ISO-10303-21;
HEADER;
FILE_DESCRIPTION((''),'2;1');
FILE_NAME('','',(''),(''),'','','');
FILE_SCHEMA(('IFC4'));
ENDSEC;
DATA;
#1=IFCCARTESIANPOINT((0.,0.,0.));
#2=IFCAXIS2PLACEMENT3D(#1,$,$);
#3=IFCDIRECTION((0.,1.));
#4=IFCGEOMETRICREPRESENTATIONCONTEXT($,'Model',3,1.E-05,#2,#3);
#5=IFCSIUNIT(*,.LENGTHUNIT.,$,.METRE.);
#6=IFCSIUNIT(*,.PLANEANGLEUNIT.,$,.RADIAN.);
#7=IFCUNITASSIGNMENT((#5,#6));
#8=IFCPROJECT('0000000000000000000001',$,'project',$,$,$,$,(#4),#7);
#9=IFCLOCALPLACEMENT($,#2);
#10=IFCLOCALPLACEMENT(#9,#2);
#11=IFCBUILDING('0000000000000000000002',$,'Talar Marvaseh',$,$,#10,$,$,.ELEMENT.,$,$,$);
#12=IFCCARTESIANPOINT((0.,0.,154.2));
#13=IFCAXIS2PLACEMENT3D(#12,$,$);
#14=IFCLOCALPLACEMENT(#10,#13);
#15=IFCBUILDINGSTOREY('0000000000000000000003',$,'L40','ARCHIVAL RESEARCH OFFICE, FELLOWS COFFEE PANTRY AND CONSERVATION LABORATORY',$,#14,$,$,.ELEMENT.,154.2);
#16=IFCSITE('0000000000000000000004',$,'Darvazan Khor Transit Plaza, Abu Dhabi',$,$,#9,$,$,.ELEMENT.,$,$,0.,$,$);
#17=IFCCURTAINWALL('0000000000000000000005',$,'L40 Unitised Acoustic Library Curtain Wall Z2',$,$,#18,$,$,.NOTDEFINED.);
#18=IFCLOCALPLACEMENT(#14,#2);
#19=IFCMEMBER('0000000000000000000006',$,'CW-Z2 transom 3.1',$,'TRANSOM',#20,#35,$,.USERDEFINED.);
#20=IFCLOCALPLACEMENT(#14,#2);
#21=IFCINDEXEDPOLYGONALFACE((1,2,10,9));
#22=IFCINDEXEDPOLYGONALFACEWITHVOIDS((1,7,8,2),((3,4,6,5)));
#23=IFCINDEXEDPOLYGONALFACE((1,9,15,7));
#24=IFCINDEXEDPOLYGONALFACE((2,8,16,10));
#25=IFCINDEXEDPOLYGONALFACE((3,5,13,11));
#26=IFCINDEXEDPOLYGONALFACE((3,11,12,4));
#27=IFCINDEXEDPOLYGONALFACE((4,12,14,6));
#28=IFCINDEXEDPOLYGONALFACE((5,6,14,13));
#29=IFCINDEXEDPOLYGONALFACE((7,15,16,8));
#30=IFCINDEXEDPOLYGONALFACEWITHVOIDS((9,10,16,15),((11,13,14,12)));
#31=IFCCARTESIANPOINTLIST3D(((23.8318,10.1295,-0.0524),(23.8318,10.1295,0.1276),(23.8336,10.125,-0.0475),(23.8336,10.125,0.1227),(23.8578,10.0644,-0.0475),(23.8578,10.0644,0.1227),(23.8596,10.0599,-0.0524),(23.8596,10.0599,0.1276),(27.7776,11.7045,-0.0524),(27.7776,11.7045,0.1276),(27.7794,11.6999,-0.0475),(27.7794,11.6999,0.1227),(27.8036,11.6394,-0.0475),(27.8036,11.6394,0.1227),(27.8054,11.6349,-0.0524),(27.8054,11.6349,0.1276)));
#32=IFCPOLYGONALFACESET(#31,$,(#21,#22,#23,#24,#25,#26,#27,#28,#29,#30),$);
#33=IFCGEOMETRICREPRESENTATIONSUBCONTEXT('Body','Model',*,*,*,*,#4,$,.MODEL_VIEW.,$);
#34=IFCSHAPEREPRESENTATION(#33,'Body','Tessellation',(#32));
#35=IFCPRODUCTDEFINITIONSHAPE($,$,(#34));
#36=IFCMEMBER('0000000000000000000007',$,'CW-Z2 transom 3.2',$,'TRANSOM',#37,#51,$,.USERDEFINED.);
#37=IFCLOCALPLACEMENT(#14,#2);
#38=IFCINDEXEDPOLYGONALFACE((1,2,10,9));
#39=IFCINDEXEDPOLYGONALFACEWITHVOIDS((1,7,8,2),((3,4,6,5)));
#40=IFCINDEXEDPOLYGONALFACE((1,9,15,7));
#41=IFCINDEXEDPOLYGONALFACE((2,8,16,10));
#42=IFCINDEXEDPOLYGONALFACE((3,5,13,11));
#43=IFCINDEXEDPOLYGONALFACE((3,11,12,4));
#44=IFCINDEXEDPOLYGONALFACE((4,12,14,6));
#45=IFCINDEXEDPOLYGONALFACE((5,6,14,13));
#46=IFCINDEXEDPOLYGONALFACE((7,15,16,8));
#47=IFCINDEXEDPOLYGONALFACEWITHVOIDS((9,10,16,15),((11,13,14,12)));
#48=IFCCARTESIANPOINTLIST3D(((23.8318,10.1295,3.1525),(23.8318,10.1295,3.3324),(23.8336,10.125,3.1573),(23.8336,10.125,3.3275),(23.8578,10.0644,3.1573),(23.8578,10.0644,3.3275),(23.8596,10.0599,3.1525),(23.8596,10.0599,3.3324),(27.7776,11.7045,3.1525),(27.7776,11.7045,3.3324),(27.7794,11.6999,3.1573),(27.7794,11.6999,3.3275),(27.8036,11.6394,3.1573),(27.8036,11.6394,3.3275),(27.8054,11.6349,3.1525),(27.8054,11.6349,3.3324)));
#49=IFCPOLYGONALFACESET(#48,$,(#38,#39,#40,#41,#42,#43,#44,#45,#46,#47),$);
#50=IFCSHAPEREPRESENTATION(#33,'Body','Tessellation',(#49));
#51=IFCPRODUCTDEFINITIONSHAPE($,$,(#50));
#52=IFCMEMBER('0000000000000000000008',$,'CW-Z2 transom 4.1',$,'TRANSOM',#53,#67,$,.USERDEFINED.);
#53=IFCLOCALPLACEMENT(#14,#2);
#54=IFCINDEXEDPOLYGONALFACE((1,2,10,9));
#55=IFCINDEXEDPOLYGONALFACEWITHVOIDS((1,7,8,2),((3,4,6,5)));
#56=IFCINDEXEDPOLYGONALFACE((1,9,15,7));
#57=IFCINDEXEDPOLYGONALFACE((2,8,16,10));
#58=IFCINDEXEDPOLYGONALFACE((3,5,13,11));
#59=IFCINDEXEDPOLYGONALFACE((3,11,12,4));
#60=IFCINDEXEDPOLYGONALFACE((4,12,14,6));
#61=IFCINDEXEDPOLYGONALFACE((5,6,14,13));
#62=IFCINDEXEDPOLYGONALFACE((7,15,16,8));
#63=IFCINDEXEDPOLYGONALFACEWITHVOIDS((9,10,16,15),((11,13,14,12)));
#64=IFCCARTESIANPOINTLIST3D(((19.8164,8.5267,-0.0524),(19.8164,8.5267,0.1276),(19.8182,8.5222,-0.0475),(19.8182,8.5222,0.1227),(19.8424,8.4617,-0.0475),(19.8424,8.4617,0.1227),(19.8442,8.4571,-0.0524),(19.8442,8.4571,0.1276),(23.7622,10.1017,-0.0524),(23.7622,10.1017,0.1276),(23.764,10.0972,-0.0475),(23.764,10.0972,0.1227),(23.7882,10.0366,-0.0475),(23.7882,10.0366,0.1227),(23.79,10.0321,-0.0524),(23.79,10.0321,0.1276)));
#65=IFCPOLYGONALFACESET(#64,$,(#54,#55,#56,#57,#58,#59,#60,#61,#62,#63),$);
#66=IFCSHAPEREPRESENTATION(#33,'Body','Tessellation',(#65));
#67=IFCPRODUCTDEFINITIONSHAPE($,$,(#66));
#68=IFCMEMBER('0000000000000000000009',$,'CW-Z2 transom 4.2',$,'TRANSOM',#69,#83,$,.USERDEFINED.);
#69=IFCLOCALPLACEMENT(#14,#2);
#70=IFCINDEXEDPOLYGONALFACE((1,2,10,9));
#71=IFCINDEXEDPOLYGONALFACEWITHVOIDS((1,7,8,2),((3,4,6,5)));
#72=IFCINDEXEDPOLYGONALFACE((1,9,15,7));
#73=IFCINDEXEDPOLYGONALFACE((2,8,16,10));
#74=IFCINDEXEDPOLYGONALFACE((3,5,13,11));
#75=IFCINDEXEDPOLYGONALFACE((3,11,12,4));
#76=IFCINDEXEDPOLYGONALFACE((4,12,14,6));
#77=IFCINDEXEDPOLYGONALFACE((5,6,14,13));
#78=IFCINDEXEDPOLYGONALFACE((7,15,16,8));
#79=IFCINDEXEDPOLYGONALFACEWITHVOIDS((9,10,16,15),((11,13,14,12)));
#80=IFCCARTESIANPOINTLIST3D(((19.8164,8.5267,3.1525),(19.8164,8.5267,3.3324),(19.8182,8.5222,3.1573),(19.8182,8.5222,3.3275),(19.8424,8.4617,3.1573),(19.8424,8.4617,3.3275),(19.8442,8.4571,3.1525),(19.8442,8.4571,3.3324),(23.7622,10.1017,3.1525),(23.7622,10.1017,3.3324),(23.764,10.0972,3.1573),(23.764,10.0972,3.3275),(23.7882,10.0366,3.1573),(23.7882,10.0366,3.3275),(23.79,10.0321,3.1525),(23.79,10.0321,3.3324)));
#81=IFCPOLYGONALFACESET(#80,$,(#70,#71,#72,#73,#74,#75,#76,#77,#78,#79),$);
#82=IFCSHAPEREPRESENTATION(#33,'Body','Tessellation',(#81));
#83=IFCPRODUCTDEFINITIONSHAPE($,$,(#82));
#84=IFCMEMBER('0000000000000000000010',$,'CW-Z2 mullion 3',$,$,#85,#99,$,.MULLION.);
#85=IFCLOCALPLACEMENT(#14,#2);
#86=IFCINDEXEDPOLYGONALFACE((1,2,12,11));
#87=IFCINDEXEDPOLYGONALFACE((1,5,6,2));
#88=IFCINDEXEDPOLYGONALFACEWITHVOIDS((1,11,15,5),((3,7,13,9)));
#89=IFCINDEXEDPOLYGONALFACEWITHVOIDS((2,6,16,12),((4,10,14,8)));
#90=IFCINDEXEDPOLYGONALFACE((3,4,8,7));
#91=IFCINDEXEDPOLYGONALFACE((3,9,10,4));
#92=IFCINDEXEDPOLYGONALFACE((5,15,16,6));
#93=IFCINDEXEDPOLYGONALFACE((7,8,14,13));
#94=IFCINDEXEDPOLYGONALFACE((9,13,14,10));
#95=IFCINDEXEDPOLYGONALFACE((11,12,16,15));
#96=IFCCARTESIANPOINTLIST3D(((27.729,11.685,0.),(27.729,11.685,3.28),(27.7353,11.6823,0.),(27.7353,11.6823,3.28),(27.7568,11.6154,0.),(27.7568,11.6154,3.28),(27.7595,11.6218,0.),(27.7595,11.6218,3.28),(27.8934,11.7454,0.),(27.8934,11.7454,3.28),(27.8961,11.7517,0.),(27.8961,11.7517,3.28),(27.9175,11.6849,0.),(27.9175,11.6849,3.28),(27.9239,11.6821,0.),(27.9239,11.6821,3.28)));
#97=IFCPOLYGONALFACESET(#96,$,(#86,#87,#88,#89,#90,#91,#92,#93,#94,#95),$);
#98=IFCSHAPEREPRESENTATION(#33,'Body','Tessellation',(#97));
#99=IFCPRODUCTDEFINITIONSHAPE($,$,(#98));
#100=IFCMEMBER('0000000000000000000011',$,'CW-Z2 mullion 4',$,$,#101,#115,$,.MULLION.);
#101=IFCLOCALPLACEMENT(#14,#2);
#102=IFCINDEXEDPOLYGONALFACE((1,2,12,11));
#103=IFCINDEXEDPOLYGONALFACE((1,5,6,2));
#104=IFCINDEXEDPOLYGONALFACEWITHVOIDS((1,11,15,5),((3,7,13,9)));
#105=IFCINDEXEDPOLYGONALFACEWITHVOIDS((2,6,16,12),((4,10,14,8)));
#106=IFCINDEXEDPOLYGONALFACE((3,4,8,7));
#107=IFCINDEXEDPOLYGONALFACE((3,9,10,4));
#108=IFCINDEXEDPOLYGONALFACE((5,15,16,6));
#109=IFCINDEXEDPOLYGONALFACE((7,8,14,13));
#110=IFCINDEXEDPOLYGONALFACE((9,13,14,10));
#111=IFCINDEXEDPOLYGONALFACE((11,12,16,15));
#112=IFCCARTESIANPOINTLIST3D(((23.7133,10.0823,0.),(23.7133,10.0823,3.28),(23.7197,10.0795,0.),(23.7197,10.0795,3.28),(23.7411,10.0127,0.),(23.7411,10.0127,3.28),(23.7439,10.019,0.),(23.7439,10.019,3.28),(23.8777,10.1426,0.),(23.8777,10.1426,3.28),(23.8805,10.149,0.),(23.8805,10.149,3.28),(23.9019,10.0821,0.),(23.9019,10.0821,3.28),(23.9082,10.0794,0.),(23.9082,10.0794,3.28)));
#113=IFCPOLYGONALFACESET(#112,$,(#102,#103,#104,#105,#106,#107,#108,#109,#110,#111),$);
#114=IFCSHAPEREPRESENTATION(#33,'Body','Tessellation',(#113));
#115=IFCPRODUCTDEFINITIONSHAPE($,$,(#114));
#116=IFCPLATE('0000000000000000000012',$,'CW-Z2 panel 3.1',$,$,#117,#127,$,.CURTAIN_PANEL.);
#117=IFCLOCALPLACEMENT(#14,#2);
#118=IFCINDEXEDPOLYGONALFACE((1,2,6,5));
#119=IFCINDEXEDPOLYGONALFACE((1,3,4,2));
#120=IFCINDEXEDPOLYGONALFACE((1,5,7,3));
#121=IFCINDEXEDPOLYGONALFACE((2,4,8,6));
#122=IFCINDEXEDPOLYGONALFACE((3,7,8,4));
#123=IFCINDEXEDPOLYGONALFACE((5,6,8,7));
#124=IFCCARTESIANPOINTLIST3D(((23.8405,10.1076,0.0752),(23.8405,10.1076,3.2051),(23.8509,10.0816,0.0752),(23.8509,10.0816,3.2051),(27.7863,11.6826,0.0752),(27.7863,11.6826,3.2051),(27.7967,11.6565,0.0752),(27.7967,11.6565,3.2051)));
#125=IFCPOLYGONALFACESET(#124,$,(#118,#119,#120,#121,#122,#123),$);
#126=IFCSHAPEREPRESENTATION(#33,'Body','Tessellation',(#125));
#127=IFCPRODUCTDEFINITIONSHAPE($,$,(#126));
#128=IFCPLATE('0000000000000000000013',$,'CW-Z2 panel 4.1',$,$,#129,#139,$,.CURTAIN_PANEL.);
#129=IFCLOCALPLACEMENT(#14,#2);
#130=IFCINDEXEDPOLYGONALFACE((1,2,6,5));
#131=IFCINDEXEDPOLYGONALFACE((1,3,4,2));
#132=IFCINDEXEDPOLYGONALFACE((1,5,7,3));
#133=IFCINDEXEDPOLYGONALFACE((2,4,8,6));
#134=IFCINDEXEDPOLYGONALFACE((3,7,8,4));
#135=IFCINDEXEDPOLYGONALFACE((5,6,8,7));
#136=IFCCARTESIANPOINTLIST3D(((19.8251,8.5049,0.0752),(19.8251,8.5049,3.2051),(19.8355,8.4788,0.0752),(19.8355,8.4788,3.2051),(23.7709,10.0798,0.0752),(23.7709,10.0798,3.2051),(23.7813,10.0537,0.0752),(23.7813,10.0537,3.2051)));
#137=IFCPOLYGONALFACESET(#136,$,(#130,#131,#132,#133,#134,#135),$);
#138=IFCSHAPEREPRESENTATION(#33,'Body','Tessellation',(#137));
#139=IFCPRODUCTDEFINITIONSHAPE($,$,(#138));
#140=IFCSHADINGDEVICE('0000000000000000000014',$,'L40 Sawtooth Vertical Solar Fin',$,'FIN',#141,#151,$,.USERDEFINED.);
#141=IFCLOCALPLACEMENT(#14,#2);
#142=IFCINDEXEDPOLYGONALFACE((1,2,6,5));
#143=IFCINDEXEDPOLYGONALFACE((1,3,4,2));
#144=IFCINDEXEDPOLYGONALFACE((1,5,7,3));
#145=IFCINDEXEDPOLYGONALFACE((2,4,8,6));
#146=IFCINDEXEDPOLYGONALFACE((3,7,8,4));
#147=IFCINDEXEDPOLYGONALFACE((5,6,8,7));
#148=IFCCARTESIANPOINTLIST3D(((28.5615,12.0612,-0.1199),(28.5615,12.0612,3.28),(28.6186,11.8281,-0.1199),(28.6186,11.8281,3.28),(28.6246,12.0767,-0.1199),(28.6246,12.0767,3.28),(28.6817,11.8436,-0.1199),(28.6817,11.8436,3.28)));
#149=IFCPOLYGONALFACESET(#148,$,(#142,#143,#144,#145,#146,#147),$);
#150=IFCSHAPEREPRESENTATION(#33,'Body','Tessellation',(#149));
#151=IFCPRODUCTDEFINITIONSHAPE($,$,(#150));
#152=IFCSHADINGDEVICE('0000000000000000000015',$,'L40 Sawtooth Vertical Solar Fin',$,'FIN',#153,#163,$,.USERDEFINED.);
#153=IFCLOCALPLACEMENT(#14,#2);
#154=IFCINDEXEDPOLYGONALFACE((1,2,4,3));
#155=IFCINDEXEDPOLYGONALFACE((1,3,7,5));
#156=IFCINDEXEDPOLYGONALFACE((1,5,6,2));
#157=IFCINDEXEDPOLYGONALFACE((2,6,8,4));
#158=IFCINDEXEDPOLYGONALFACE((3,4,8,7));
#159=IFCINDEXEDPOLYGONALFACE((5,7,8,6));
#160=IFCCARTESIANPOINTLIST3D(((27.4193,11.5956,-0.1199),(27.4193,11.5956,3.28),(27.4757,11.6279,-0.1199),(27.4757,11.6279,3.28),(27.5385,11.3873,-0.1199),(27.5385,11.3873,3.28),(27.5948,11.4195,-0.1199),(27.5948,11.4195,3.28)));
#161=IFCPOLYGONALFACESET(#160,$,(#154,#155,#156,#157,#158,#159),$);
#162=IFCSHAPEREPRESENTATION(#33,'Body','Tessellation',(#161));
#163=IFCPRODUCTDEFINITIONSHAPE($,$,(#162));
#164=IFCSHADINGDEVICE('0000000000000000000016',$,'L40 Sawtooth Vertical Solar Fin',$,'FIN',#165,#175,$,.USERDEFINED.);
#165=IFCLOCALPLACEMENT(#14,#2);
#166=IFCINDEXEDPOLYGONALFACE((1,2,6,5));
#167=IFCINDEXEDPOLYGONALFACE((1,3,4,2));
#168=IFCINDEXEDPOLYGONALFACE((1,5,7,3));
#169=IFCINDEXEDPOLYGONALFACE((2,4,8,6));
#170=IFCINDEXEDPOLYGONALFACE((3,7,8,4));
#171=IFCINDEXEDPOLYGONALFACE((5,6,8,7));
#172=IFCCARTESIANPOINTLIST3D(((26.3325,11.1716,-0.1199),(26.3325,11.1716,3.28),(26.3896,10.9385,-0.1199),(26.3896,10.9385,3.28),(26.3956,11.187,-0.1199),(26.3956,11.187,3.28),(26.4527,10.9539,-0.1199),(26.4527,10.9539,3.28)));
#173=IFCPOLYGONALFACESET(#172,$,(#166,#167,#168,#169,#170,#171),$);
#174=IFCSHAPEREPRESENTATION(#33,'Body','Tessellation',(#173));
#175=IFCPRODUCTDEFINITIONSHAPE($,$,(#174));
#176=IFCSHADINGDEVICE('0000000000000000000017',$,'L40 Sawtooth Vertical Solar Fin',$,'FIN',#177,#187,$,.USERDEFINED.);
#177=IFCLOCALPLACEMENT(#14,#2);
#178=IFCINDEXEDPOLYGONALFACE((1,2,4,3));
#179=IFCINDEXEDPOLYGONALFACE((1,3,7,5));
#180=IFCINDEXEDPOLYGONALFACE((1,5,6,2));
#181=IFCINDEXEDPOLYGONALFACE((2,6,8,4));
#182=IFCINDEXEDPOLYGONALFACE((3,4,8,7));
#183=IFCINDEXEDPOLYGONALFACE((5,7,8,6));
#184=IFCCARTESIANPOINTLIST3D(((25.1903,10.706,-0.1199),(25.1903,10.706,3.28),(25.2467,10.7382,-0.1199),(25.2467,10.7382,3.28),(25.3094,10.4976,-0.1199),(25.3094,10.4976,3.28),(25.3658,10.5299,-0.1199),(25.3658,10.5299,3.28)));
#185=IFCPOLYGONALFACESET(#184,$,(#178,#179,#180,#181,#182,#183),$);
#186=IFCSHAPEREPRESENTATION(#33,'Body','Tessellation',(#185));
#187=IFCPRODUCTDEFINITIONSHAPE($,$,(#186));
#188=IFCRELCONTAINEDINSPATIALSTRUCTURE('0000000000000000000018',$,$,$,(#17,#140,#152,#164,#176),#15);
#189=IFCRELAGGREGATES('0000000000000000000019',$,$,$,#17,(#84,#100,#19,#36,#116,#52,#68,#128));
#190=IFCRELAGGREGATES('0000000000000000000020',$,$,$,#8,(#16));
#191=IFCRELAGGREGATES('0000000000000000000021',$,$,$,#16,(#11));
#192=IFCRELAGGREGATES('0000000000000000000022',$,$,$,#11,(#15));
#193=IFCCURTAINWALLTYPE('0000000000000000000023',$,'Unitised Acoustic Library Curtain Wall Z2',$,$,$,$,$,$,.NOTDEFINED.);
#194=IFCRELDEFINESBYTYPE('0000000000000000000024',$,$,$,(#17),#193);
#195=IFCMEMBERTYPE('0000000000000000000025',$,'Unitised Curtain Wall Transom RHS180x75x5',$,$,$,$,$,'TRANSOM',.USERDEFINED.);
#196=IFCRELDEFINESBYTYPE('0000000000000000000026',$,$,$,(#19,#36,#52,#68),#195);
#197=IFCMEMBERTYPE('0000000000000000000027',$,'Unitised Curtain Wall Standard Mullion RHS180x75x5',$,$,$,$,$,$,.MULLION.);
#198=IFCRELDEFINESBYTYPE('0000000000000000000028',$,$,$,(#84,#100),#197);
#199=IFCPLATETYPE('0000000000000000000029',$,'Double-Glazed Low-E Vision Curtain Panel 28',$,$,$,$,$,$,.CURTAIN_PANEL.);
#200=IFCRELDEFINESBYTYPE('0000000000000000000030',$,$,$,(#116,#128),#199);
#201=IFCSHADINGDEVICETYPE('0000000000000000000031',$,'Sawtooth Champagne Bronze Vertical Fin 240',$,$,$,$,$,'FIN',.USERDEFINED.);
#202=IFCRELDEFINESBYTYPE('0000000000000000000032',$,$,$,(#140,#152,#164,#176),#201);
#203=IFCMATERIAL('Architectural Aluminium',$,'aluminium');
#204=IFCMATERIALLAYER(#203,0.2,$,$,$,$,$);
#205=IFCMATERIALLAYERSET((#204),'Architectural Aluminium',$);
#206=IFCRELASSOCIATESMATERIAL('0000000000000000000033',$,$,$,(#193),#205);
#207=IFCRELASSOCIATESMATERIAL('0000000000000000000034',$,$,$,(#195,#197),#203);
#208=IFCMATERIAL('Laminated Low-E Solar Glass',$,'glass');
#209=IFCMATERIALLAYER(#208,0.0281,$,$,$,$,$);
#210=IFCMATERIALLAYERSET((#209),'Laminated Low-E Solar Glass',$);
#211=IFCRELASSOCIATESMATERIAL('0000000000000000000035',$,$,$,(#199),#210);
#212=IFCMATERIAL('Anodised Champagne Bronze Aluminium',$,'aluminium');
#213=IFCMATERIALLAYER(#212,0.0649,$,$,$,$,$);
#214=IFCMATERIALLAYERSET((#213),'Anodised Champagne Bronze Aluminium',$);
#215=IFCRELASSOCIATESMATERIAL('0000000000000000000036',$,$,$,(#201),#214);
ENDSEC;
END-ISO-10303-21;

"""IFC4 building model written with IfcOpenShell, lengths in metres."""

from ifc_helpers import new_model, si_unit, direction, frame, origin, origin_2d, place, context, subcontext, project, spatial, rectangle, hollow_rectangle, extrude, source, transform, mapped, material, layer, layer_set, material_profile, profile_set, type_object, type_shapes, element, aggregate, save


model = new_model("IFC4")

# Units and contexts
model_context = context("Model", 3, precision=1e-05, world=origin(), true_north=direction((0.0, 1.0)))
body_context = subcontext(model_context, "Body", "Model", "MODEL_VIEW")
ifc_project = project(units=[si_unit("LENGTHUNIT", "METRE"), si_unit("PLANEANGLEUNIT", "RADIAN")], contexts=[model_context])

# Site, building, storey
site_placement = place(None, origin())
site = spatial("IfcSite", under=ifc_project, at=site_placement, Name="Darvazan Khor Transit Plaza, Abu Dhabi", CompositionType="ELEMENT", RefElevation=0.0)
building_placement = place(site_placement, origin())
building = spatial("IfcBuilding", under=site, at=building_placement, Name="Talar Marvaseh", CompositionType="ELEMENT")
storey_placement = place(building_placement, frame((0.0, 0.0, 154.2)))
storey = spatial("IfcBuildingStorey", under=building, at=storey_placement, Name="L40", Description="ARCHIVAL RESEARCH OFFICE, FELLOWS COFFEE PANTRY AND CONSERVATION LABORATORY", CompositionType="ELEMENT", Elevation=154.2)

# Curtain wall, members, plates
ifc_material_1 = material(Name="Architectural Aluminium", Category="aluminium")
ifc_layer_1 = layer(ifc_material_1, 0.2)
ifc_layer_set_1 = layer_set([ifc_layer_1], Name="Architectural Aluminium")
curtain_wall_type = type_object("IfcCurtainWallType", Name="Unitised Acoustic Library Curtain Wall Z2", PredefinedType="NOTDEFINED", material=ifc_layer_set_1)
curtain_wall_placement = place(storey_placement, origin())
curtain_wall = element("IfcCurtainWall", 1, at=curtain_wall_placement, inside=storey, type_object=curtain_wall_type, Name="L40 Unitised Acoustic Library Curtain Wall Z2", PredefinedType="NOTDEFINED")
ifc_material_profile_1 = material_profile(ifc_material_1, hollow_rectangle(XDim=0.075, YDim=0.1799, WallThickness=0.0049, at=origin_2d()), Name="RHS180x75x5")
ifc_profile_set_1 = profile_set([ifc_material_profile_1], Name="Architectural Aluminium")
member_type_1 = type_object("IfcMemberType", Name="Unitised Curtain Wall Transom RHS180x75x5", ElementType="TRANSOM", PredefinedType="USERDEFINED", material=ifc_profile_set_1)
shared_shape_1 = source(origin(), body_context, "Body", "SweptSolid", [
    extrude(hollow_rectangle(XDim=0.075, YDim=0.1799, WallThickness=0.0049, at=origin_2d()), origin(), (0.0, 0.0, 1.0), 4.2485),
])
type_shapes(member_type_1, [shared_shape_1])
member_1_placement = place(storey_placement, frame((27.7915, 11.6697, 0.0376), z_axis=(-0.92875, -0.370707, 0.0), x_axis=(0.370707, -0.92875, 0.0)))
member_1 = element("IfcMember", 2, at=member_1_placement, type_object=member_type_1, Name="CW-Z2 transom 3.1", ObjectType="TRANSOM", PredefinedType="USERDEFINED", context=body_context, shape_type="MappedRepresentation", body=[
    mapped(shared_shape_1, transform((0.0, 0.0, 0.0), x_axis=(1.0, 0.0, 0.0), y_axis=(0.0, 1.0, 0.0), z_axis=(0.0, 0.0, 1.0), scale=1.0)),
])
member_2_placement = place(storey_placement, frame((27.7915, 11.6697, 3.2424), z_axis=(-0.92875, -0.370707, 0.0), x_axis=(0.370707, -0.92875, 0.0)))
member_2 = element("IfcMember", 3, at=member_2_placement, type_object=member_type_1, Name="CW-Z2 transom 3.2", ObjectType="TRANSOM", PredefinedType="USERDEFINED", context=body_context, shape_type="MappedRepresentation", body=[
    mapped(shared_shape_1, transform((0.0, 0.0, 0.0), x_axis=(1.0, 0.0, 0.0), y_axis=(0.0, 1.0, 0.0), z_axis=(0.0, 0.0, 1.0), scale=1.0)),
])
member_3_placement = place(storey_placement, frame((23.7761, 10.0669, 0.0376), z_axis=(-0.92875, -0.370707, 0.0), x_axis=(0.370707, -0.92875, 0.0)))
member_3 = element("IfcMember", 4, at=member_3_placement, type_object=member_type_1, Name="CW-Z2 transom 4.1", ObjectType="TRANSOM", PredefinedType="USERDEFINED", context=body_context, shape_type="MappedRepresentation", body=[
    mapped(shared_shape_1, transform((0.0, 0.0, 0.0), x_axis=(1.0, 0.0, 0.0), y_axis=(0.0, 1.0, 0.0), z_axis=(0.0, 0.0, 1.0), scale=1.0)),
])
member_4_placement = place(storey_placement, frame((23.7761, 10.0669, 3.2424), z_axis=(-0.92875, -0.370707, 0.0), x_axis=(0.370707, -0.92875, 0.0)))
member_4 = element("IfcMember", 5, at=member_4_placement, type_object=member_type_1, Name="CW-Z2 transom 4.2", ObjectType="TRANSOM", PredefinedType="USERDEFINED", context=body_context, shape_type="MappedRepresentation", body=[
    mapped(shared_shape_1, transform((0.0, 0.0, 0.0), x_axis=(1.0, 0.0, 0.0), y_axis=(0.0, 1.0, 0.0), z_axis=(0.0, 0.0, 1.0), scale=1.0)),
])
ifc_material_profile_2 = material_profile(ifc_material_1, hollow_rectangle(XDim=0.075, YDim=0.1799, WallThickness=0.0049, at=origin_2d()), Name="RHS180x75x5")
ifc_profile_set_2 = profile_set([ifc_material_profile_2], Name="Architectural Aluminium")
member_type_2 = type_object("IfcMemberType", Name="Unitised Curtain Wall Standard Mullion RHS180x75x5", PredefinedType="MULLION", material=ifc_profile_set_2)
shared_shape_2 = source(origin(), body_context, "Body", "SweptSolid", [
    extrude(hollow_rectangle(XDim=0.075, YDim=0.1799, WallThickness=0.0049, at=origin_2d()), origin(), (0.0, 0.0, 1.0), 3.28),
])
type_shapes(member_type_2, [shared_shape_2])
member_5_placement = place(storey_placement, frame((27.8264, 11.6836, 0.0), z_axis=(0.0, 0.0, 1.0), x_axis=(0.370702, -0.928752, 0.0)))
member_5 = element("IfcMember", 6, at=member_5_placement, type_object=member_type_2, Name="CW-Z2 mullion 3", PredefinedType="MULLION", context=body_context, shape_type="MappedRepresentation", body=[
    mapped(shared_shape_2, transform((0.0, 0.0, 0.0), x_axis=(1.0, 0.0, 0.0), y_axis=(0.0, 1.0, 0.0), z_axis=(0.0, 0.0, 1.0), scale=1.0)),
])
member_6_placement = place(storey_placement, frame((23.8108, 10.0808, 0.0), z_axis=(0.0, 0.0, 1.0), x_axis=(0.370702, -0.928752, 0.0)))
member_6 = element("IfcMember", 7, at=member_6_placement, type_object=member_type_2, Name="CW-Z2 mullion 4", PredefinedType="MULLION", context=body_context, shape_type="MappedRepresentation", body=[
    mapped(shared_shape_2, transform((0.0, 0.0, 0.0), x_axis=(1.0, 0.0, 0.0), y_axis=(0.0, 1.0, 0.0), z_axis=(0.0, 0.0, 1.0), scale=1.0)),
])
ifc_material_2 = material(Name="Laminated Low-E Solar Glass", Category="glass")
ifc_layer_2 = layer(ifc_material_2, 0.0281)
ifc_layer_set_2 = layer_set([ifc_layer_2], Name="Laminated Low-E Solar Glass")
plate_type = type_object("IfcPlateType", Name="Double-Glazed Low-E Vision Curtain Panel 28", PredefinedType="CURTAIN_PANEL", material=ifc_layer_set_2)
shared_shape_3 = source(origin(), body_context, "Body", "SweptSolid", [
    extrude(rectangle(XDim=4.2485, YDim=0.0281, at=origin_2d()), origin(), (0.0, 0.0, 1.0), 3.1299),
])
type_shapes(plate_type, [shared_shape_3])
plate_1_placement = place(storey_placement, frame((25.8186, 10.8821, 0.0752), z_axis=(0.0, 0.0, 1.0), x_axis=(-0.928752, -0.370702, 0.0)))
plate_1 = element("IfcPlate", 8, at=plate_1_placement, type_object=plate_type, Name="CW-Z2 panel 3.1", PredefinedType="CURTAIN_PANEL", context=body_context, shape_type="MappedRepresentation", body=[
    mapped(shared_shape_3, transform((0.0, 0.0, 0.0), x_axis=(1.0, 0.0, 0.0), y_axis=(0.0, 1.0, 0.0), z_axis=(0.0, 0.0, 1.0), scale=1.0)),
])
plate_2_placement = place(storey_placement, frame((21.8032, 9.2793, 0.0752), z_axis=(0.0, 0.0, 1.0), x_axis=(-0.928752, -0.370702, 0.0)))
plate_2 = element("IfcPlate", 9, at=plate_2_placement, type_object=plate_type, Name="CW-Z2 panel 4.1", PredefinedType="CURTAIN_PANEL", context=body_context, shape_type="MappedRepresentation", body=[
    mapped(shared_shape_3, transform((0.0, 0.0, 0.0), x_axis=(1.0, 0.0, 0.0), y_axis=(0.0, 1.0, 0.0), z_axis=(0.0, 0.0, 1.0), scale=1.0)),
])
aggregate(curtain_wall, [member_5, member_6, member_1, member_2, plate_1, member_3, member_4, plate_2])

# Shading devices
ifc_material_3 = material(Name="Anodised Champagne Bronze Aluminium", Category="aluminium")
ifc_layer_3 = layer(ifc_material_3, 0.0649)
ifc_layer_set_3 = layer_set([ifc_layer_3], Name="Anodised Champagne Bronze Aluminium")
shading_device_type = type_object("IfcShadingDeviceType", Name="Sawtooth Champagne Bronze Vertical Fin 240", ElementType="FIN", PredefinedType="USERDEFINED", material=ifc_layer_set_3)
shared_shape_4 = source(origin(), body_context, "Body", "SweptSolid", [
    extrude(rectangle(XDim=0.24, YDim=0.0649, at=origin_2d()), origin(), (0.0, 0.0, 1.0), 3.3999),
])
type_shapes(shading_device_type, [shared_shape_4])
for number, where, z_axis, x_axis, name in (
    (10, (28.6216, 11.9524, -0.1199), (0.0, 0.0, 1.0), (0.237855, -0.971301, 0.0), "L40 Sawtooth Vertical Solar Fin"),
    (11, (27.5071, 11.5076, -0.1199), (0.0, 0.0, 1.0), (0.496368, -0.868112, 0.0), "L40 Sawtooth Vertical Solar Fin"),
    (12, (26.3926, 11.0627, -0.1199), (0.0, 0.0, 1.0), (0.237855, -0.971301, 0.0), "L40 Sawtooth Vertical Solar Fin"),
    (13, (25.2781, 10.6179, -0.1199), (0.0, 0.0, 1.0), (0.496368, -0.868112, 0.0), "L40 Sawtooth Vertical Solar Fin"),
):
    element("IfcShadingDevice", number, at=place(storey_placement, frame(where, z_axis=z_axis, x_axis=x_axis)), inside=storey, type_object=shading_device_type, Name=name, ObjectType="FIN", PredefinedType="USERDEFINED", context=body_context, shape_type="MappedRepresentation", body=[
        mapped(shared_shape_4, transform((0.0, 0.0, 0.0), x_axis=(1.0, 0.0, 0.0), y_axis=(0.0, 1.0, 0.0), z_axis=(0.0, 0.0, 1.0), scale=1.0)),
    ])

save(model, "model.ifc")
